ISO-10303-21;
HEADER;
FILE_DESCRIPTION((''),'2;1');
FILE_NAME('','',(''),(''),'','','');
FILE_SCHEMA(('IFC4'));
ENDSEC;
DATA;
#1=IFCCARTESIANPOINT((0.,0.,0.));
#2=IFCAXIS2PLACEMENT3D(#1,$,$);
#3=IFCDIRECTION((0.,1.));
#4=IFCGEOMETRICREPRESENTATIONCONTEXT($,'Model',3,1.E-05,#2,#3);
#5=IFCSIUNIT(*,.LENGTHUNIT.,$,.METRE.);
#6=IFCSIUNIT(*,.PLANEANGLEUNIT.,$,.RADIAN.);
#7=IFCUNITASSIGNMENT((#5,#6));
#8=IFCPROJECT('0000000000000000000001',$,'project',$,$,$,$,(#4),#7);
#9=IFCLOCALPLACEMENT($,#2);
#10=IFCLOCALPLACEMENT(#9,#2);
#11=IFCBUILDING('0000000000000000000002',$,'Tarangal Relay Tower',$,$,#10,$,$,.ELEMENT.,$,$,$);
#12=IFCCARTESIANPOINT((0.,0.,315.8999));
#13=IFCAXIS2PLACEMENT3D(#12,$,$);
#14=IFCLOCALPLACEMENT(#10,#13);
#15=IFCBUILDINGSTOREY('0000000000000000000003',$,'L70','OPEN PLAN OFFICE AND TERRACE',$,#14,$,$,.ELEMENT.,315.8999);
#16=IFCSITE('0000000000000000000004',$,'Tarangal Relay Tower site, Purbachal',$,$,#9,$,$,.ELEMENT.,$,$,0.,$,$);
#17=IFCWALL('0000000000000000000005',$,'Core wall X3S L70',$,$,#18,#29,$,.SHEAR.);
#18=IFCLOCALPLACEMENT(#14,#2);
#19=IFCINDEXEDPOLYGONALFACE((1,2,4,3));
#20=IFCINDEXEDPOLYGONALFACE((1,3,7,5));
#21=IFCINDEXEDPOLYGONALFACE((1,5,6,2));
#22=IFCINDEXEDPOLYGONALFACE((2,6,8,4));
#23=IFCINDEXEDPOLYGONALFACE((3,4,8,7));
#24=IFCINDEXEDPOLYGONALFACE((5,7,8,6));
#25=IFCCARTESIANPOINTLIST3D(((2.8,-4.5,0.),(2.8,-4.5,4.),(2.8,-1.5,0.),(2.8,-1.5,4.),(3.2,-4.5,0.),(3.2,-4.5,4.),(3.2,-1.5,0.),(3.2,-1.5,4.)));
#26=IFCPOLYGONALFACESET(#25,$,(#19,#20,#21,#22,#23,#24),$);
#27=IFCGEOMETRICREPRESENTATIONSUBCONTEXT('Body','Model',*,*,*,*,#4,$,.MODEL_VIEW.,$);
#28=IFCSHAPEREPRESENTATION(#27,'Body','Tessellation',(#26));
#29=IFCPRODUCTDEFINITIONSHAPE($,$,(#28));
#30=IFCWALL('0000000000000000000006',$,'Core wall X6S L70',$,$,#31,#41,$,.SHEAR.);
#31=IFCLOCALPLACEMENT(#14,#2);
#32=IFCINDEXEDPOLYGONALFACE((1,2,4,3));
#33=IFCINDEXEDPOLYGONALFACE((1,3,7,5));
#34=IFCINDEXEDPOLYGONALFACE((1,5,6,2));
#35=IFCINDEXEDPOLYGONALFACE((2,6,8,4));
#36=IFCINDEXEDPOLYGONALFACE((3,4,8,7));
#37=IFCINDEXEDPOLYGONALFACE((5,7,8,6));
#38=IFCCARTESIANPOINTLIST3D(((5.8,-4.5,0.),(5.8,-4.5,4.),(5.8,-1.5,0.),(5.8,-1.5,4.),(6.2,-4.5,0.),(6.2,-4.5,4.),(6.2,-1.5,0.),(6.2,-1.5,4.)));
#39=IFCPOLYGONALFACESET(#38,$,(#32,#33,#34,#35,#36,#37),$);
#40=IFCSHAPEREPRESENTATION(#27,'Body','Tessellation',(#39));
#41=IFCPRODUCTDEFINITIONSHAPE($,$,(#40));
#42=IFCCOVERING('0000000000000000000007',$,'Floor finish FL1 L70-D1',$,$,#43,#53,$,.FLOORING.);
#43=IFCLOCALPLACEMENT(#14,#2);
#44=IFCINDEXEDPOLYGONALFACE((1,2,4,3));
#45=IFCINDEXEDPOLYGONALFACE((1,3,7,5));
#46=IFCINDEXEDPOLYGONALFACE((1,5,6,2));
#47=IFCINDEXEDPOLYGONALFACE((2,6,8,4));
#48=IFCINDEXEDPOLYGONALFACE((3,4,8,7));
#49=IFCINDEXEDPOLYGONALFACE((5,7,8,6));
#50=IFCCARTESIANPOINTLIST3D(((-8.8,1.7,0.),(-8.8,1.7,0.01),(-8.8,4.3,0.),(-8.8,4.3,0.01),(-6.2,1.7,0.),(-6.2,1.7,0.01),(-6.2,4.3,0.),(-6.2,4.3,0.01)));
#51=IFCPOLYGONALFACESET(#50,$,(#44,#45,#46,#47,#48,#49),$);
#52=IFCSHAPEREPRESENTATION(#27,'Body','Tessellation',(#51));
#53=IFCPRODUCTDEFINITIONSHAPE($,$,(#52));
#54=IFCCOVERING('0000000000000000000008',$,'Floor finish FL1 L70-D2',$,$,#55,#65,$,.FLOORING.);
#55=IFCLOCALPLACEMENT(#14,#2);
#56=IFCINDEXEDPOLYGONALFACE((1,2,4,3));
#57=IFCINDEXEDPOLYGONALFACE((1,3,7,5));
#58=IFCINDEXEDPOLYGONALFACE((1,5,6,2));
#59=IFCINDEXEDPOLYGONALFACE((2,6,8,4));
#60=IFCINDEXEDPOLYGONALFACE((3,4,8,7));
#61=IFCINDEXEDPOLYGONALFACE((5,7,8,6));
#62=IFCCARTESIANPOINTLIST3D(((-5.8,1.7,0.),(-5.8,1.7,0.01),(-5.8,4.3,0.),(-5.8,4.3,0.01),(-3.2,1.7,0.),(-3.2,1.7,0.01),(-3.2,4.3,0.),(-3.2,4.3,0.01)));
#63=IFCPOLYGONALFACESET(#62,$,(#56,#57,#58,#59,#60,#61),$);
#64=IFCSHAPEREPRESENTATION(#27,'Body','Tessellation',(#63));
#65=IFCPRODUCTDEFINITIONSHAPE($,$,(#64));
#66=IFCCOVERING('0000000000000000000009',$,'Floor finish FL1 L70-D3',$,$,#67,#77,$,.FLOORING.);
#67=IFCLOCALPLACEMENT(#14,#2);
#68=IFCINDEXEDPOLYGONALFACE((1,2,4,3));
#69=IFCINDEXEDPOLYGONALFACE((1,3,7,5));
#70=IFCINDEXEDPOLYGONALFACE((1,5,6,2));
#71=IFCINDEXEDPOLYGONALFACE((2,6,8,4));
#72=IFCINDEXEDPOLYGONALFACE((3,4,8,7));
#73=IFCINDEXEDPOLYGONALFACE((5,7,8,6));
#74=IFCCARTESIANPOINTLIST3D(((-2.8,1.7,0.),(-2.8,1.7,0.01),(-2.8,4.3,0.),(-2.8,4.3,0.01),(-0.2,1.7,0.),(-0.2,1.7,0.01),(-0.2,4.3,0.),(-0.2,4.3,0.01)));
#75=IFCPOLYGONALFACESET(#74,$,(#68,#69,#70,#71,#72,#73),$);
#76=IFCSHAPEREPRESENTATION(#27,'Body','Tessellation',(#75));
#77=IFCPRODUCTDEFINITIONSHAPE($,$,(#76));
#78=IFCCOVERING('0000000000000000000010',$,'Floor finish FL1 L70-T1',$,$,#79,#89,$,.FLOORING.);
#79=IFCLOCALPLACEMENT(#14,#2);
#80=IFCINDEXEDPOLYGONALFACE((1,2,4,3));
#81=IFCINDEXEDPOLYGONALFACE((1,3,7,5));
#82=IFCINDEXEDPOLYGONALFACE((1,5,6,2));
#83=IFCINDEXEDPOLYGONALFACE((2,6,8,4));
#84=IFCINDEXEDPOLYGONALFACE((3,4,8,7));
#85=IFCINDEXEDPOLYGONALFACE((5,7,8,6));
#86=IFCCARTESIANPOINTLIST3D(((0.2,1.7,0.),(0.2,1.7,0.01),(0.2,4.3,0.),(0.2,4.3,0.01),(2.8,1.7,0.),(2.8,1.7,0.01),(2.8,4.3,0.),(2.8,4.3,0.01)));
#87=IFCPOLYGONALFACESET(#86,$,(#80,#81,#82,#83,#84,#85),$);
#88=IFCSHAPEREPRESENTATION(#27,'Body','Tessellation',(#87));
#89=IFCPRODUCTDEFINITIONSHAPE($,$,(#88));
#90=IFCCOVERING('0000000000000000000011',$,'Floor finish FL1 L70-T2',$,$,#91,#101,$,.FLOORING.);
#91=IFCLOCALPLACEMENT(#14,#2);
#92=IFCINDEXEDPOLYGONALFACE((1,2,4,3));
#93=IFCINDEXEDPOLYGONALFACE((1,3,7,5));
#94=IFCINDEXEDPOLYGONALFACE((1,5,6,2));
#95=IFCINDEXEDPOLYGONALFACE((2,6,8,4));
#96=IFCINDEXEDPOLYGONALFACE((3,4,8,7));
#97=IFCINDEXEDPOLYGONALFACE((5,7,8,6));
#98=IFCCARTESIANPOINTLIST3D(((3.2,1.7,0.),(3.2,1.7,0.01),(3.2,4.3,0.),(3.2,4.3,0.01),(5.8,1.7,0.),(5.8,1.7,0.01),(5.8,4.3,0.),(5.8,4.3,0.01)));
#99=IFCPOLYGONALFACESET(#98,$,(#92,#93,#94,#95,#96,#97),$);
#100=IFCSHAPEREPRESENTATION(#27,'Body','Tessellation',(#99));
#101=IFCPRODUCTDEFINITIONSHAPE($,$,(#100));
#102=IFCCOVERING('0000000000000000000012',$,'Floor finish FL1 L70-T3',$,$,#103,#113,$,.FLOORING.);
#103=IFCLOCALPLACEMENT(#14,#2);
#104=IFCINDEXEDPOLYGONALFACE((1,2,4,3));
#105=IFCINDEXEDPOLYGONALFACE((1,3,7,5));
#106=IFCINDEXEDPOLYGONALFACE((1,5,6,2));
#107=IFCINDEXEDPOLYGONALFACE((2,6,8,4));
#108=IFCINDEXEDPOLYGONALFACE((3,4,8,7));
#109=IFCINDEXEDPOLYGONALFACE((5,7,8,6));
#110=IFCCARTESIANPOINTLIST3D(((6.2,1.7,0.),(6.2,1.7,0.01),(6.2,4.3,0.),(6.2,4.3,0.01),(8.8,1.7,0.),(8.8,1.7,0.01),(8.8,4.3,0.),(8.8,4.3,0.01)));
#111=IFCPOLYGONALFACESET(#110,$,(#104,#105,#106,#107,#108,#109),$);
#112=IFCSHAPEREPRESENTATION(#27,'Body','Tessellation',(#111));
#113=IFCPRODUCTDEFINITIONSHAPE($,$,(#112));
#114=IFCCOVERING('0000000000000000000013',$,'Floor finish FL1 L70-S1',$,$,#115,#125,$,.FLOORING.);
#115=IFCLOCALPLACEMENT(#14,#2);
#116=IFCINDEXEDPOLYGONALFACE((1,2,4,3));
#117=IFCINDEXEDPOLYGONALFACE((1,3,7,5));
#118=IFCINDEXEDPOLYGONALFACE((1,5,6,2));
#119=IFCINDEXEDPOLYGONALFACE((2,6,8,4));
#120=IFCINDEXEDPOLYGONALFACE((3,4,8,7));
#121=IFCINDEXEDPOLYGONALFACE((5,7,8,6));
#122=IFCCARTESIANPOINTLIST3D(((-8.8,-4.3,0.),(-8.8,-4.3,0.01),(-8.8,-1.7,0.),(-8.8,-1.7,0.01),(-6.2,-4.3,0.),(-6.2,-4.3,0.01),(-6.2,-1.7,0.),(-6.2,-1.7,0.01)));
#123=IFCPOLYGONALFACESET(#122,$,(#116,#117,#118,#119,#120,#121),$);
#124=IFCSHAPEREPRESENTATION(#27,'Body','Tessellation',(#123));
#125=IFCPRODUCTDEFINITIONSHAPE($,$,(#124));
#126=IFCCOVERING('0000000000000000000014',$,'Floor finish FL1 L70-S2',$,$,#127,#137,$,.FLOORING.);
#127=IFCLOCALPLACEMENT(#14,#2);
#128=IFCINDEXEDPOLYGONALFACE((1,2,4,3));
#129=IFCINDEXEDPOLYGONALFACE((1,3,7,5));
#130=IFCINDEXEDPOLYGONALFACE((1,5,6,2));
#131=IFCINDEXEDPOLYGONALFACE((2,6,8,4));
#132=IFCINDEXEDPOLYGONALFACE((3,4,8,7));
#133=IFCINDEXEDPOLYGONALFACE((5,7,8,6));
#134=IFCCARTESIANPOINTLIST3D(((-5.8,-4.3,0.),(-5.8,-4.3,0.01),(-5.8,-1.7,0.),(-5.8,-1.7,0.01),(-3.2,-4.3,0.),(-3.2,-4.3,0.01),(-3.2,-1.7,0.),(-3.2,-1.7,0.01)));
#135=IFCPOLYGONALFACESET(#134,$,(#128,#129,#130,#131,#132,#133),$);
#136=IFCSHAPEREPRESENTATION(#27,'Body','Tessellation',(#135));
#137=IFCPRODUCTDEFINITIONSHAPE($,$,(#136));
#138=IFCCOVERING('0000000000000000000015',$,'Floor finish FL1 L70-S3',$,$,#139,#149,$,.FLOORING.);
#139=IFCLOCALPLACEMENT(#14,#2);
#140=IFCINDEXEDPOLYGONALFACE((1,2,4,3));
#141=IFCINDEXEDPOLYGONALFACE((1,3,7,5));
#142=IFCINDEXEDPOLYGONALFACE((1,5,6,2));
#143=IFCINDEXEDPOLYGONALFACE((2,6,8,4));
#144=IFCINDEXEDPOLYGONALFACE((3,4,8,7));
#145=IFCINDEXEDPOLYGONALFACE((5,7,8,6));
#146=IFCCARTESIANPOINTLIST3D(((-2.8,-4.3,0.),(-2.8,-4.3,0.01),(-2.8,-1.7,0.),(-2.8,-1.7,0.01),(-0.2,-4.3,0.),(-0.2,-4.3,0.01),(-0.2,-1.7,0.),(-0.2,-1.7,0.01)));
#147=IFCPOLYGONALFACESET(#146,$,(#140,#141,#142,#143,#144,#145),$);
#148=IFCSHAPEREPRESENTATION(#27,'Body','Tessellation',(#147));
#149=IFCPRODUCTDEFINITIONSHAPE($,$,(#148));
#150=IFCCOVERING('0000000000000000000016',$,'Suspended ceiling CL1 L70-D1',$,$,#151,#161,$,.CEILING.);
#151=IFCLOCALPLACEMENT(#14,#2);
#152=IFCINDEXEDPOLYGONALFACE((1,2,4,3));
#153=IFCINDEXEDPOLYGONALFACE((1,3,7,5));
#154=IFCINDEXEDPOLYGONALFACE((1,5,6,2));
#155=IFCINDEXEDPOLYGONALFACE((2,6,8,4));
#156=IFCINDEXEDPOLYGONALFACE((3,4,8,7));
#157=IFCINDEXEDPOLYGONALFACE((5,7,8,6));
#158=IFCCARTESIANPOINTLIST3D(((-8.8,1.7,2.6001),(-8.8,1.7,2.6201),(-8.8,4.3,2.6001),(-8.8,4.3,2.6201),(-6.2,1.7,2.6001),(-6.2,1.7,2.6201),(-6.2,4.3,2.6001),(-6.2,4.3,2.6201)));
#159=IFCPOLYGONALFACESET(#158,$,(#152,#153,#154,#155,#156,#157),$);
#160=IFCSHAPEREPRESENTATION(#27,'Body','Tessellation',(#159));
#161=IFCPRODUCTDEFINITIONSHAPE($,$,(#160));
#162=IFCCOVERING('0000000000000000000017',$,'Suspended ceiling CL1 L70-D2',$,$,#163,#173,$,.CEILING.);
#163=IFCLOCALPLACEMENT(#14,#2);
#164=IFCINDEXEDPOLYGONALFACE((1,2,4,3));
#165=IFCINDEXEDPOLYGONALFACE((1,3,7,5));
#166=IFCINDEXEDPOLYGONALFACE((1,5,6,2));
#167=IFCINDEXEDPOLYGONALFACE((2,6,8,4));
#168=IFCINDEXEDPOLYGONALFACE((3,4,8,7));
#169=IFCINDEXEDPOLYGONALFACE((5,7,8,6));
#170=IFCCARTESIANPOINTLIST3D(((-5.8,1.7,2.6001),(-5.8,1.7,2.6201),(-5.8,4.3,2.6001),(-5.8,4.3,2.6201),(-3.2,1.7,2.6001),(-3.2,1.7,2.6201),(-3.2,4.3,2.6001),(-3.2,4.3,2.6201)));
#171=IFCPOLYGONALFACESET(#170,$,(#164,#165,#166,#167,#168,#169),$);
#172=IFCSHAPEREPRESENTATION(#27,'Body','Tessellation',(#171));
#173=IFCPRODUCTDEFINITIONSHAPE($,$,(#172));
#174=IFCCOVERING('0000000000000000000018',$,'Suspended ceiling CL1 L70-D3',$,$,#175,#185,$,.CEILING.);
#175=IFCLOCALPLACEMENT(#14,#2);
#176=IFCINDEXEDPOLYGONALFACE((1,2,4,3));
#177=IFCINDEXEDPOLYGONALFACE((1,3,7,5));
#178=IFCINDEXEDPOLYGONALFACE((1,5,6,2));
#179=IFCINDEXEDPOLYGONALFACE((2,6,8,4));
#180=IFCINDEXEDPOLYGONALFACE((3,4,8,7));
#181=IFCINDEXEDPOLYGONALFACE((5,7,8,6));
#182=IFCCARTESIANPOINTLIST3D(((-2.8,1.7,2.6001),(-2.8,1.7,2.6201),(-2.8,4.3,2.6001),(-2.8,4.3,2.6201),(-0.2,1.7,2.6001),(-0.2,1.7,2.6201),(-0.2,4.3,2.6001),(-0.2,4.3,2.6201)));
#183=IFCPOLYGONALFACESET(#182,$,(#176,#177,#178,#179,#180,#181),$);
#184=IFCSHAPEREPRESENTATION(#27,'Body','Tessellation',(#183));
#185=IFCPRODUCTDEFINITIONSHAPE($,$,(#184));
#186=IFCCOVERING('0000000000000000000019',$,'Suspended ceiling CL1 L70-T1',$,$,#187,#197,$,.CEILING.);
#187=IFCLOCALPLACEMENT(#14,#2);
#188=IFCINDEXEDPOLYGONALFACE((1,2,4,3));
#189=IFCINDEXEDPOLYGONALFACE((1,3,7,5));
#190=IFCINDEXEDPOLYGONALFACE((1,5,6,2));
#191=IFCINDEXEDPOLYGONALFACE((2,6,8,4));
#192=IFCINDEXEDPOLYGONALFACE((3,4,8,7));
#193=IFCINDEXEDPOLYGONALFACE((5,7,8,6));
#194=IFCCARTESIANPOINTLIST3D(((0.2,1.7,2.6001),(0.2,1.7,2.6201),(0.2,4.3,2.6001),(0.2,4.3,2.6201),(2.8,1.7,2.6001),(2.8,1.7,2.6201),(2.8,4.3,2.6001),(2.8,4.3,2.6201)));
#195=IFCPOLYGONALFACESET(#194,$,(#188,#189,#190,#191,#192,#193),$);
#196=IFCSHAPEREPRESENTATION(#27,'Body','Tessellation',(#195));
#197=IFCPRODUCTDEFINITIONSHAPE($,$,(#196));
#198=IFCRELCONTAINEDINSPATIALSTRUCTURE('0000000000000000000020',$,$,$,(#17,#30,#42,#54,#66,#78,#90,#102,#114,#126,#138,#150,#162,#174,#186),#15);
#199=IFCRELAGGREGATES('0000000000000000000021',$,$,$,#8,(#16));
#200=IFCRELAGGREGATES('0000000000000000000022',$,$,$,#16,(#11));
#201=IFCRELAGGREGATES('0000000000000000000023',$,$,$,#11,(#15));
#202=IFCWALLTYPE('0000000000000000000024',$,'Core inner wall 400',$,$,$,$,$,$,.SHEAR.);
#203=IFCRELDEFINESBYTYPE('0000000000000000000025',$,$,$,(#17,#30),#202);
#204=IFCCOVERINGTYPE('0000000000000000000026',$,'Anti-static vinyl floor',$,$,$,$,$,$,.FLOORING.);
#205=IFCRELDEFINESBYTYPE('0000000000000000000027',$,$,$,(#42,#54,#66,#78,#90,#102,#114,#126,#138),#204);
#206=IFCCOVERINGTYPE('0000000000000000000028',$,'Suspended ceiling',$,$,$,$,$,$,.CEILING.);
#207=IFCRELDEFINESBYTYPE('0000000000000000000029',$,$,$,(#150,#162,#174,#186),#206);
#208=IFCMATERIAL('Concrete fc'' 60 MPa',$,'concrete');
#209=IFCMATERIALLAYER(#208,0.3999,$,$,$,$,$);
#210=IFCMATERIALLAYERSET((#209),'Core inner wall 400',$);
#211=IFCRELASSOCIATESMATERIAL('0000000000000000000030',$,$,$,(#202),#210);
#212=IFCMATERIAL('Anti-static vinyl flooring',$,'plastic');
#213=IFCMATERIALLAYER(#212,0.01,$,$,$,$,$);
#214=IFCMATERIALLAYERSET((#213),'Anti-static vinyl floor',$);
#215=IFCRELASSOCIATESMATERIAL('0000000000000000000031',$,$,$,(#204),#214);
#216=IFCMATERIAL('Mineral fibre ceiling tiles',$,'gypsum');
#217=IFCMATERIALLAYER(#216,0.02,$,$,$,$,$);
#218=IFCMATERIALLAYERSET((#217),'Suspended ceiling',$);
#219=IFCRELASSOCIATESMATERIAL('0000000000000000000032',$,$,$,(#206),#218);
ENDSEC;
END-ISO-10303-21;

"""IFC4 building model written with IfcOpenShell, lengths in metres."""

from ifc_helpers import new_model, si_unit, direction, frame, frame_2d, origin, place, context, subcontext, project, spatial, polyline, rectangle, outline, extrude, material, layer, layer_set, type_object, element, save


model = new_model("IFC4")

# Units and contexts
model_context = context("Model", 3, precision=1e-05, world=origin(), true_north=direction((0.0, 1.0)))
body_context = subcontext(model_context, "Body", "Model", "MODEL_VIEW")
ifc_project = project(units=[si_unit("LENGTHUNIT", "METRE"), si_unit("PLANEANGLEUNIT", "RADIAN")], contexts=[model_context])

# Site, building, storey
site_placement = place(None, origin())
site = spatial("IfcSite", under=ifc_project, at=site_placement, Name="Tarangal Relay Tower site, Purbachal", CompositionType="ELEMENT", RefElevation=0.0)
building_placement = place(site_placement, origin())
building = spatial("IfcBuilding", under=site, at=building_placement, Name="Tarangal Relay Tower", CompositionType="ELEMENT")
storey_placement = place(building_placement, frame((0.0, 0.0, 315.8999)))
storey = spatial("IfcBuildingStorey", under=building, at=storey_placement, Name="L70", Description="OPEN PLAN OFFICE AND TERRACE", CompositionType="ELEMENT", Elevation=315.8999)

# Walls
ifc_material_1 = material(Name="Concrete fc' 60 MPa", Category="concrete")
ifc_layer_1 = layer(ifc_material_1, 0.3999)
ifc_layer_set_1 = layer_set([ifc_layer_1], Name="Core inner wall 400")
wall_type = type_object("IfcWallType", Name="Core inner wall 400", PredefinedType="SHEAR", material=ifc_layer_set_1)
for number, where, z_axis, x_axis, name in (
    (1, (3.0, -4.5, 0.0), (0.0, 0.0, 1.0), (0.0, 1.0, 0.0), "Core wall X3S L70"),
    (2, (6.0, -4.5, 0.0), (0.0, 0.0, 1.0), (0.0, 1.0, 0.0), "Core wall X6S L70"),
):
    element("IfcWall", number, at=place(storey_placement, frame(where, z_axis=z_axis, x_axis=x_axis)), inside=storey, type_object=wall_type, Name=name, PredefinedType="SHEAR", context=body_context, shape_type="SweptSolid", body=[
        extrude(rectangle(XDim=3.0, YDim=0.3999, at=frame_2d((1.5, 0.0))), origin(), (0.0, 0.0, 1.0), 4.0),
    ])

# Coverings
ifc_material_2 = material(Name="Anti-static vinyl flooring", Category="plastic")
ifc_layer_2 = layer(ifc_material_2, 0.01)
ifc_layer_set_2 = layer_set([ifc_layer_2], Name="Anti-static vinyl floor")
covering_type_1 = type_object("IfcCoveringType", Name="Anti-static vinyl floor", PredefinedType="FLOORING", material=ifc_layer_set_2)
covering_1_placement = place(storey_placement, origin())
element("IfcCovering", 3, at=covering_1_placement, inside=storey, type_object=covering_type_1, Name="Floor finish FL1 L70-D1", PredefinedType="FLOORING", context=body_context, shape_type="SweptSolid", body=[
    extrude(outline(polyline([(-8.8, 1.7), (-6.2, 1.7), (-6.2, 4.3), (-8.8, 4.3), (-8.8, 1.7)])), origin(), (0.0, 0.0, 1.0), 0.01),
])
covering_2_placement = place(storey_placement, origin())
element("IfcCovering", 4, at=covering_2_placement, inside=storey, type_object=covering_type_1, Name="Floor finish FL1 L70-D2", PredefinedType="FLOORING", context=body_context, shape_type="SweptSolid", body=[
    extrude(outline(polyline([(-5.8, 1.7), (-3.2, 1.7), (-3.2, 4.3), (-5.8, 4.3), (-5.8, 1.7)])), origin(), (0.0, 0.0, 1.0), 0.01),
])
covering_3_placement = place(storey_placement, origin())
element("IfcCovering", 5, at=covering_3_placement, inside=storey, type_object=covering_type_1, Name="Floor finish FL1 L70-D3", PredefinedType="FLOORING", context=body_context, shape_type="SweptSolid", body=[
    extrude(outline(polyline([(-2.8, 1.7), (-0.2, 1.7), (-0.2, 4.3), (-2.8, 4.3), (-2.8, 1.7)])), origin(), (0.0, 0.0, 1.0), 0.01),
])
covering_4_placement = place(storey_placement, origin())
element("IfcCovering", 6, at=covering_4_placement, inside=storey, type_object=covering_type_1, Name="Floor finish FL1 L70-T1", PredefinedType="FLOORING", context=body_context, shape_type="SweptSolid", body=[
    extrude(outline(polyline([(0.2, 1.7), (2.8, 1.7), (2.8, 4.3), (0.2, 4.3), (0.2, 1.7)])), origin(), (0.0, 0.0, 1.0), 0.01),
])
covering_5_placement = place(storey_placement, origin())
element("IfcCovering", 7, at=covering_5_placement, inside=storey, type_object=covering_type_1, Name="Floor finish FL1 L70-T2", PredefinedType="FLOORING", context=body_context, shape_type="SweptSolid", body=[
    extrude(outline(polyline([(3.2, 1.7), (5.8, 1.7), (5.8, 4.3), (3.2, 4.3), (3.2, 1.7)])), origin(), (0.0, 0.0, 1.0), 0.01),
])
covering_6_placement = place(storey_placement, origin())
element("IfcCovering", 8, at=covering_6_placement, inside=storey, type_object=covering_type_1, Name="Floor finish FL1 L70-T3", PredefinedType="FLOORING", context=body_context, shape_type="SweptSolid", body=[
    extrude(outline(polyline([(6.2, 1.7), (8.8, 1.7), (8.8, 4.3), (6.2, 4.3), (6.2, 1.7)])), origin(), (0.0, 0.0, 1.0), 0.01),
])
covering_7_placement = place(storey_placement, origin())
element("IfcCovering", 9, at=covering_7_placement, inside=storey, type_object=covering_type_1, Name="Floor finish FL1 L70-S1", PredefinedType="FLOORING", context=body_context, shape_type="SweptSolid", body=[
    extrude(outline(polyline([(-8.8, -4.3), (-6.2, -4.3), (-6.2, -1.7), (-8.8, -1.7), (-8.8, -4.3)])), origin(), (0.0, 0.0, 1.0), 0.01),
])
covering_8_placement = place(storey_placement, origin())
element("IfcCovering", 10, at=covering_8_placement, inside=storey, type_object=covering_type_1, Name="Floor finish FL1 L70-S2", PredefinedType="FLOORING", context=body_context, shape_type="SweptSolid", body=[
    extrude(outline(polyline([(-5.8, -4.3), (-3.2, -4.3), (-3.2, -1.7), (-5.8, -1.7), (-5.8, -4.3)])), origin(), (0.0, 0.0, 1.0), 0.01),
])
covering_9_placement = place(storey_placement, origin())
element("IfcCovering", 11, at=covering_9_placement, inside=storey, type_object=covering_type_1, Name="Floor finish FL1 L70-S3", PredefinedType="FLOORING", context=body_context, shape_type="SweptSolid", body=[
    extrude(outline(polyline([(-2.8, -4.3), (-0.2, -4.3), (-0.2, -1.7), (-2.8, -1.7), (-2.8, -4.3)])), origin(), (0.0, 0.0, 1.0), 0.01),
])
ifc_material_3 = material(Name="Mineral fibre ceiling tiles", Category="gypsum")
ifc_layer_3 = layer(ifc_material_3, 0.02)
ifc_layer_set_3 = layer_set([ifc_layer_3], Name="Suspended ceiling")
covering_type_2 = type_object("IfcCoveringType", Name="Suspended ceiling", PredefinedType="CEILING", material=ifc_layer_set_3)
covering_10_placement = place(storey_placement, frame((0.0, 0.0, 2.6001)))
element("IfcCovering", 12, at=covering_10_placement, inside=storey, type_object=covering_type_2, Name="Suspended ceiling CL1 L70-D1", PredefinedType="CEILING", context=body_context, shape_type="SweptSolid", body=[
    extrude(outline(polyline([(-8.8, 1.7), (-6.2, 1.7), (-6.2, 4.3), (-8.8, 4.3), (-8.8, 1.7)])), origin(), (0.0, 0.0, 1.0), 0.02),
])
covering_11_placement = place(storey_placement, frame((0.0, 0.0, 2.6001)))
element("IfcCovering", 13, at=covering_11_placement, inside=storey, type_object=covering_type_2, Name="Suspended ceiling CL1 L70-D2", PredefinedType="CEILING", context=body_context, shape_type="SweptSolid", body=[
    extrude(outline(polyline([(-5.8, 1.7), (-3.2, 1.7), (-3.2, 4.3), (-5.8, 4.3), (-5.8, 1.7)])), origin(), (0.0, 0.0, 1.0), 0.02),
])
covering_12_placement = place(storey_placement, frame((0.0, 0.0, 2.6001)))
element("IfcCovering", 14, at=covering_12_placement, inside=storey, type_object=covering_type_2, Name="Suspended ceiling CL1 L70-D3", PredefinedType="CEILING", context=body_context, shape_type="SweptSolid", body=[
    extrude(outline(polyline([(-2.8, 1.7), (-0.2, 1.7), (-0.2, 4.3), (-2.8, 4.3), (-2.8, 1.7)])), origin(), (0.0, 0.0, 1.0), 0.02),
])
covering_13_placement = place(storey_placement, frame((0.0, 0.0, 2.6001)))
element("IfcCovering", 15, at=covering_13_placement, inside=storey, type_object=covering_type_2, Name="Suspended ceiling CL1 L70-T1", PredefinedType="CEILING", context=body_context, shape_type="SweptSolid", body=[
    extrude(outline(polyline([(0.2, 1.7), (2.8, 1.7), (2.8, 4.3), (0.2, 4.3), (0.2, 1.7)])), origin(), (0.0, 0.0, 1.0), 0.02),
])

save(model, "model.ifc")
